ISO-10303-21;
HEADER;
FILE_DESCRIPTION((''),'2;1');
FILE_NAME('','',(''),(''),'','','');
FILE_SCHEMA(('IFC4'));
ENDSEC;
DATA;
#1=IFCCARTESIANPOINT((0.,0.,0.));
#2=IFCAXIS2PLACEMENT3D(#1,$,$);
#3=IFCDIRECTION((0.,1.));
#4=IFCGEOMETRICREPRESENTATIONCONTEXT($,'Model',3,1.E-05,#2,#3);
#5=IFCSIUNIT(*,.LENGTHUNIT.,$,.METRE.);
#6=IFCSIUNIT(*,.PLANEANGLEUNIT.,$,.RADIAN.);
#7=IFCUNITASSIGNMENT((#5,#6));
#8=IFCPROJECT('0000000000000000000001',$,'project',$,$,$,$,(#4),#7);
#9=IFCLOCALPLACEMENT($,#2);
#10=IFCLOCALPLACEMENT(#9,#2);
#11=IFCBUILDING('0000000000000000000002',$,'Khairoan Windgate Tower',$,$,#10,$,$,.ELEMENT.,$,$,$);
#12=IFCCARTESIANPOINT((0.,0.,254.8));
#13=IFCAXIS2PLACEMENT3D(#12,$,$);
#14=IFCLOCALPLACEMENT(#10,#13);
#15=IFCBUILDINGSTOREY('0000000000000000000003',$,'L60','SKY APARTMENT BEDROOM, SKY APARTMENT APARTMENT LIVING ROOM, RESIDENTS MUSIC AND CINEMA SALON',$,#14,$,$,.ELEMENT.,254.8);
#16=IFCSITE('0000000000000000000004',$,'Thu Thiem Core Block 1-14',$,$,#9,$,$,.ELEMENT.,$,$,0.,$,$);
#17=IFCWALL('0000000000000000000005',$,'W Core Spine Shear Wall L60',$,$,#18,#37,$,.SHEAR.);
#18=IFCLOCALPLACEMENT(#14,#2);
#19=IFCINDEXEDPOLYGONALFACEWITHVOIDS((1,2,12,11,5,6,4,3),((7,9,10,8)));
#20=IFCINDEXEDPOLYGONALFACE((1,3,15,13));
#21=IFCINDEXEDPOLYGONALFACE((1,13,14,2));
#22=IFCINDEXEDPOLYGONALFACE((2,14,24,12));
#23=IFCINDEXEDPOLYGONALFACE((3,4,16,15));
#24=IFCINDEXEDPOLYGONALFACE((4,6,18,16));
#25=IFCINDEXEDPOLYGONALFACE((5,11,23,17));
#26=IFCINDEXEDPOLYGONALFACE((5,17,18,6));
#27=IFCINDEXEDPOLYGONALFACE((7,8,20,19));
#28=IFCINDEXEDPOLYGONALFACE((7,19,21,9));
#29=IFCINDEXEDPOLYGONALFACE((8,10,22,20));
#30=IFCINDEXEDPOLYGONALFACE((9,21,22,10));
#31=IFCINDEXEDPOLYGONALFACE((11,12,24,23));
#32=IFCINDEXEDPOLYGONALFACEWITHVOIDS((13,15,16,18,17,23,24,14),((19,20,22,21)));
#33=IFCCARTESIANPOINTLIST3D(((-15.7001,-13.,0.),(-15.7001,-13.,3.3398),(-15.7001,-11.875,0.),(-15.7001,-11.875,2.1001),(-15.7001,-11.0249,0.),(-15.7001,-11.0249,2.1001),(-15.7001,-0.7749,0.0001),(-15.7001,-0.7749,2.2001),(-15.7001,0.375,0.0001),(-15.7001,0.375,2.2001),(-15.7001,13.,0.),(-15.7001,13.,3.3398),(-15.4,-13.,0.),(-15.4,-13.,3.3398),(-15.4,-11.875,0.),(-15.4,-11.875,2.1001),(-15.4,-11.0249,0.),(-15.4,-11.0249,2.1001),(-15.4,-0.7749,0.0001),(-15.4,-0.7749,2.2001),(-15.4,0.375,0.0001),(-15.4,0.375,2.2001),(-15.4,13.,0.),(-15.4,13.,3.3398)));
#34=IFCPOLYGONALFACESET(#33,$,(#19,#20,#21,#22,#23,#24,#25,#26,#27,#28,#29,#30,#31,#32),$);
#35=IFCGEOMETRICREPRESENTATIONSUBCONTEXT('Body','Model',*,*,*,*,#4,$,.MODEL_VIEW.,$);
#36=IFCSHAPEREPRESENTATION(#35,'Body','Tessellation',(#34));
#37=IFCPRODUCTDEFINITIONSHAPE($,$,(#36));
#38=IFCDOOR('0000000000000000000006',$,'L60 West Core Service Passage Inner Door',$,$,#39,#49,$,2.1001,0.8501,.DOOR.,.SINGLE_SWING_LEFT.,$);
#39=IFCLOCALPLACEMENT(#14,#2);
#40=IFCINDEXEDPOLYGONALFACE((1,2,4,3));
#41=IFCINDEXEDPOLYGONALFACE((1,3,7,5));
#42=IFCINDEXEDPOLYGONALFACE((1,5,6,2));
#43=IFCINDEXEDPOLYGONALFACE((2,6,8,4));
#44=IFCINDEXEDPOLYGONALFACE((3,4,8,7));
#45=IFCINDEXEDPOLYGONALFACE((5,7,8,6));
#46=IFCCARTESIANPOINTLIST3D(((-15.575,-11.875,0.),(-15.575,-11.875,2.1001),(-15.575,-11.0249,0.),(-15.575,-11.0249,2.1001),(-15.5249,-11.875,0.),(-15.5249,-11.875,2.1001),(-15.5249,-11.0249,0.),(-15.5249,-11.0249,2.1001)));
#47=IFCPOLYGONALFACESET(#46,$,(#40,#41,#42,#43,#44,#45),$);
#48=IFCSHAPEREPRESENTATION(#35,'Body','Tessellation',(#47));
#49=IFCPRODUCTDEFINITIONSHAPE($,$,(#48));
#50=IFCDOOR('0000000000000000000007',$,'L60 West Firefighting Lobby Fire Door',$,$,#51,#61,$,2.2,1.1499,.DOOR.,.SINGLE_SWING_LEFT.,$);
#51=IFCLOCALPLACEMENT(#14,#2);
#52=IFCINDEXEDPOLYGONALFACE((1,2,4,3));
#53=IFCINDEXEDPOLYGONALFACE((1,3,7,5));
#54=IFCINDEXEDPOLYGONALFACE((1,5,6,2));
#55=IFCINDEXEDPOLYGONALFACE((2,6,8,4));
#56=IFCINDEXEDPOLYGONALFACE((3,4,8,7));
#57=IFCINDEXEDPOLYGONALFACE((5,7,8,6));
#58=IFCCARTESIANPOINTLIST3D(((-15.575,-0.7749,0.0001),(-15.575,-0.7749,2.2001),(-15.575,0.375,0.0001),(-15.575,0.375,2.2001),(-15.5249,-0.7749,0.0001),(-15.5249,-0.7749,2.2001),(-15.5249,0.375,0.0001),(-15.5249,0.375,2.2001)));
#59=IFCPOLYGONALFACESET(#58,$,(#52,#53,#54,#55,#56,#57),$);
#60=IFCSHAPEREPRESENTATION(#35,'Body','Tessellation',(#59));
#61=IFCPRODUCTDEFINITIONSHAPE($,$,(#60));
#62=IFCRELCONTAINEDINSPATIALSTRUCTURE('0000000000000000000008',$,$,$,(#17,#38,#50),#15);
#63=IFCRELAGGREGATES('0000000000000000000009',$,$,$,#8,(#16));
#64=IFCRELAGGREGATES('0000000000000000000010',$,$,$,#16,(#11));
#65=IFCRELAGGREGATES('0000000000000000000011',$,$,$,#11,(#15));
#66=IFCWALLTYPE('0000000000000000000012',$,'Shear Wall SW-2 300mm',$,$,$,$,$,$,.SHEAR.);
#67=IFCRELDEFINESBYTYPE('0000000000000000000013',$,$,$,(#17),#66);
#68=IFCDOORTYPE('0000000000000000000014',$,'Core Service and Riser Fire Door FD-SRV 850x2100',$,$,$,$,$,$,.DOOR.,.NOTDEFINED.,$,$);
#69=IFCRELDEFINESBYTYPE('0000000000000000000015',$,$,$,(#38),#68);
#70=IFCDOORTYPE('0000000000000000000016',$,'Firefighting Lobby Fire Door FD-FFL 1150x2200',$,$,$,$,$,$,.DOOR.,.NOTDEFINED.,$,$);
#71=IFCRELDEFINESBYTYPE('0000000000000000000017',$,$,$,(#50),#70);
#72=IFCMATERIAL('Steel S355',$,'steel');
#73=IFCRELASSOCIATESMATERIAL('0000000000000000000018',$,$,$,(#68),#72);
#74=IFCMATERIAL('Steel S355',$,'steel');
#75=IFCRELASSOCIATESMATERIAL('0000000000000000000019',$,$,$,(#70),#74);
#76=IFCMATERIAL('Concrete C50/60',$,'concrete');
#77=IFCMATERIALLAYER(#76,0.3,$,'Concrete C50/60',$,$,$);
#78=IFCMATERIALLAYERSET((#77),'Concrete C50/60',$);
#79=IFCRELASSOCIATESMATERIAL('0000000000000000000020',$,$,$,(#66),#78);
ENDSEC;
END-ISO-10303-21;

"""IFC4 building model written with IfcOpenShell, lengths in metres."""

from ifc_helpers import new_model, si_unit, direction, frame, frame_2d, origin, place, context, subcontext, project, spatial, rectangle, extrude, material, layer, layer_set, type_object, element, fill, save


model = new_model("IFC4")

# Units and contexts
model_context = context("Model", 3, precision=1e-05, world=origin(), true_north=direction((0.0, 1.0)))
body_context = subcontext(model_context, "Body", "Model", "MODEL_VIEW")
ifc_project = project(units=[si_unit("LENGTHUNIT", "METRE"), si_unit("PLANEANGLEUNIT", "RADIAN")], contexts=[model_context])

# Site, building, storey
site_placement = place(None, origin())
site = spatial("IfcSite", under=ifc_project, at=site_placement, Name="Thu Thiem Core Block 1-14", CompositionType="ELEMENT", RefElevation=0.0)
building_placement = place(site_placement, origin())
building = spatial("IfcBuilding", under=site, at=building_placement, Name="Khairoan Windgate Tower", CompositionType="ELEMENT")
storey_placement = place(building_placement, frame((0.0, 0.0, 254.8)))
storey = spatial("IfcBuildingStorey", under=building, at=storey_placement, Name="L60", Description="SKY APARTMENT BEDROOM, SKY APARTMENT APARTMENT LIVING ROOM, RESIDENTS MUSIC AND CINEMA SALON", CompositionType="ELEMENT", Elevation=254.8)

# Wall, openings, doors
ifc_material_1 = material(Name="Steel S355", Category="steel")
door_type_1 = type_object("IfcDoorType", Name="Core Service and Riser Fire Door FD-SRV 850x2100", OperationType="NOTDEFINED", PredefinedType="DOOR", material=ifc_material_1)
ifc_material_2 = material(Name="Steel S355", Category="steel")
door_type_2 = type_object("IfcDoorType", Name="Firefighting Lobby Fire Door FD-FFL 1150x2200", OperationType="NOTDEFINED", PredefinedType="DOOR", material=ifc_material_2)
ifc_material_3 = material(Name="Concrete C50/60", Category="concrete")
ifc_layer_1 = layer(ifc_material_3, 0.3, Name="Concrete C50/60")
ifc_layer_set_1 = layer_set([ifc_layer_1], Name="Concrete C50/60")
wall_type_1 = type_object("IfcWallType", Name="Shear Wall SW-2 300mm", PredefinedType="SHEAR", material=ifc_layer_set_1)
wall_1_placement = place(storey_placement, frame((-15.55, -13.0, 0.0), z_axis=(0.0, 0.0, 1.0), x_axis=(0.0, 1.0, 0.0)))
wall_1 = element("IfcWall", 1, at=wall_1_placement, inside=storey, type_object=wall_type_1, Name="W Core Spine Shear Wall L60", PredefinedType="SHEAR", context=body_context, shape_type="SweptSolid", body=[
    extrude(rectangle(XDim=26.0, YDim=0.3, at=frame_2d((13.0, 0.0))), origin(), (0.0, 0.0, 1.0), 3.3398),
])
opening_1_placement = place(wall_1_placement, frame((12.2251, 0.0, 0.0)))
opening_1 = element("IfcOpeningElement", 2, at=opening_1_placement, cuts=wall_1, PredefinedType="OPENING", context=body_context, shape_type="SweptSolid", body=[
    extrude(rectangle(XDim=1.1499, YDim=2.2, at=frame_2d((0.575, 1.1001))), frame((0.0, 0.1599, 0.0), z_axis=(0.0, -1.0, 0.0), x_axis=(1.0, 0.0, 0.0)), (0.0, 0.0, 1.0), 0.3201),
])
opening_2_placement = place(wall_1_placement, frame((1.125, 0.0, 0.0)))
opening_2 = element("IfcOpeningElement", 3, at=opening_2_placement, cuts=wall_1, PredefinedType="OPENING", context=body_context, shape_type="SweptSolid", body=[
    extrude(rectangle(XDim=0.8501, YDim=2.1001, at=frame_2d((0.425, 1.05))), frame((0.0, 0.1599, 0.0), z_axis=(0.0, -1.0, 0.0), x_axis=(1.0, 0.0, 0.0)), (0.0, 0.0, 1.0), 0.3201),
])
door_1_placement = place(opening_2_placement, origin())
door_1 = element("IfcDoor", 4, at=door_1_placement, inside=storey, type_object=door_type_1, Name="L60 West Core Service Passage Inner Door", OperationType="SINGLE_SWING_LEFT", OverallHeight=2.1001, OverallWidth=0.8501, PredefinedType="DOOR", context=body_context, shape_type="SweptSolid", body=[
    extrude(rectangle(XDim=0.8501, YDim=2.1001, at=frame_2d((0.425, 1.05))), frame((0.0, 0.0249, 0.0), z_axis=(0.0, -1.0, 0.0), x_axis=(1.0, 0.0, 0.0)), (0.0, 0.0, 1.0), 0.05),
])
fill(opening_2, door_1)
door_2_placement = place(opening_1_placement, origin())
door_2 = element("IfcDoor", 5, at=door_2_placement, inside=storey, type_object=door_type_2, Name="L60 West Firefighting Lobby Fire Door", OperationType="SINGLE_SWING_LEFT", OverallHeight=2.2, OverallWidth=1.1499, PredefinedType="DOOR", context=body_context, shape_type="SweptSolid", body=[
    extrude(rectangle(XDim=1.1499, YDim=2.2, at=frame_2d((0.575, 1.1001))), frame((0.0, 0.0249, 0.0), z_axis=(0.0, -1.0, 0.0), x_axis=(1.0, 0.0, 0.0)), (0.0, 0.0, 1.0), 0.05),
])
fill(opening_1, door_2)

save(model, "model.ifc")
